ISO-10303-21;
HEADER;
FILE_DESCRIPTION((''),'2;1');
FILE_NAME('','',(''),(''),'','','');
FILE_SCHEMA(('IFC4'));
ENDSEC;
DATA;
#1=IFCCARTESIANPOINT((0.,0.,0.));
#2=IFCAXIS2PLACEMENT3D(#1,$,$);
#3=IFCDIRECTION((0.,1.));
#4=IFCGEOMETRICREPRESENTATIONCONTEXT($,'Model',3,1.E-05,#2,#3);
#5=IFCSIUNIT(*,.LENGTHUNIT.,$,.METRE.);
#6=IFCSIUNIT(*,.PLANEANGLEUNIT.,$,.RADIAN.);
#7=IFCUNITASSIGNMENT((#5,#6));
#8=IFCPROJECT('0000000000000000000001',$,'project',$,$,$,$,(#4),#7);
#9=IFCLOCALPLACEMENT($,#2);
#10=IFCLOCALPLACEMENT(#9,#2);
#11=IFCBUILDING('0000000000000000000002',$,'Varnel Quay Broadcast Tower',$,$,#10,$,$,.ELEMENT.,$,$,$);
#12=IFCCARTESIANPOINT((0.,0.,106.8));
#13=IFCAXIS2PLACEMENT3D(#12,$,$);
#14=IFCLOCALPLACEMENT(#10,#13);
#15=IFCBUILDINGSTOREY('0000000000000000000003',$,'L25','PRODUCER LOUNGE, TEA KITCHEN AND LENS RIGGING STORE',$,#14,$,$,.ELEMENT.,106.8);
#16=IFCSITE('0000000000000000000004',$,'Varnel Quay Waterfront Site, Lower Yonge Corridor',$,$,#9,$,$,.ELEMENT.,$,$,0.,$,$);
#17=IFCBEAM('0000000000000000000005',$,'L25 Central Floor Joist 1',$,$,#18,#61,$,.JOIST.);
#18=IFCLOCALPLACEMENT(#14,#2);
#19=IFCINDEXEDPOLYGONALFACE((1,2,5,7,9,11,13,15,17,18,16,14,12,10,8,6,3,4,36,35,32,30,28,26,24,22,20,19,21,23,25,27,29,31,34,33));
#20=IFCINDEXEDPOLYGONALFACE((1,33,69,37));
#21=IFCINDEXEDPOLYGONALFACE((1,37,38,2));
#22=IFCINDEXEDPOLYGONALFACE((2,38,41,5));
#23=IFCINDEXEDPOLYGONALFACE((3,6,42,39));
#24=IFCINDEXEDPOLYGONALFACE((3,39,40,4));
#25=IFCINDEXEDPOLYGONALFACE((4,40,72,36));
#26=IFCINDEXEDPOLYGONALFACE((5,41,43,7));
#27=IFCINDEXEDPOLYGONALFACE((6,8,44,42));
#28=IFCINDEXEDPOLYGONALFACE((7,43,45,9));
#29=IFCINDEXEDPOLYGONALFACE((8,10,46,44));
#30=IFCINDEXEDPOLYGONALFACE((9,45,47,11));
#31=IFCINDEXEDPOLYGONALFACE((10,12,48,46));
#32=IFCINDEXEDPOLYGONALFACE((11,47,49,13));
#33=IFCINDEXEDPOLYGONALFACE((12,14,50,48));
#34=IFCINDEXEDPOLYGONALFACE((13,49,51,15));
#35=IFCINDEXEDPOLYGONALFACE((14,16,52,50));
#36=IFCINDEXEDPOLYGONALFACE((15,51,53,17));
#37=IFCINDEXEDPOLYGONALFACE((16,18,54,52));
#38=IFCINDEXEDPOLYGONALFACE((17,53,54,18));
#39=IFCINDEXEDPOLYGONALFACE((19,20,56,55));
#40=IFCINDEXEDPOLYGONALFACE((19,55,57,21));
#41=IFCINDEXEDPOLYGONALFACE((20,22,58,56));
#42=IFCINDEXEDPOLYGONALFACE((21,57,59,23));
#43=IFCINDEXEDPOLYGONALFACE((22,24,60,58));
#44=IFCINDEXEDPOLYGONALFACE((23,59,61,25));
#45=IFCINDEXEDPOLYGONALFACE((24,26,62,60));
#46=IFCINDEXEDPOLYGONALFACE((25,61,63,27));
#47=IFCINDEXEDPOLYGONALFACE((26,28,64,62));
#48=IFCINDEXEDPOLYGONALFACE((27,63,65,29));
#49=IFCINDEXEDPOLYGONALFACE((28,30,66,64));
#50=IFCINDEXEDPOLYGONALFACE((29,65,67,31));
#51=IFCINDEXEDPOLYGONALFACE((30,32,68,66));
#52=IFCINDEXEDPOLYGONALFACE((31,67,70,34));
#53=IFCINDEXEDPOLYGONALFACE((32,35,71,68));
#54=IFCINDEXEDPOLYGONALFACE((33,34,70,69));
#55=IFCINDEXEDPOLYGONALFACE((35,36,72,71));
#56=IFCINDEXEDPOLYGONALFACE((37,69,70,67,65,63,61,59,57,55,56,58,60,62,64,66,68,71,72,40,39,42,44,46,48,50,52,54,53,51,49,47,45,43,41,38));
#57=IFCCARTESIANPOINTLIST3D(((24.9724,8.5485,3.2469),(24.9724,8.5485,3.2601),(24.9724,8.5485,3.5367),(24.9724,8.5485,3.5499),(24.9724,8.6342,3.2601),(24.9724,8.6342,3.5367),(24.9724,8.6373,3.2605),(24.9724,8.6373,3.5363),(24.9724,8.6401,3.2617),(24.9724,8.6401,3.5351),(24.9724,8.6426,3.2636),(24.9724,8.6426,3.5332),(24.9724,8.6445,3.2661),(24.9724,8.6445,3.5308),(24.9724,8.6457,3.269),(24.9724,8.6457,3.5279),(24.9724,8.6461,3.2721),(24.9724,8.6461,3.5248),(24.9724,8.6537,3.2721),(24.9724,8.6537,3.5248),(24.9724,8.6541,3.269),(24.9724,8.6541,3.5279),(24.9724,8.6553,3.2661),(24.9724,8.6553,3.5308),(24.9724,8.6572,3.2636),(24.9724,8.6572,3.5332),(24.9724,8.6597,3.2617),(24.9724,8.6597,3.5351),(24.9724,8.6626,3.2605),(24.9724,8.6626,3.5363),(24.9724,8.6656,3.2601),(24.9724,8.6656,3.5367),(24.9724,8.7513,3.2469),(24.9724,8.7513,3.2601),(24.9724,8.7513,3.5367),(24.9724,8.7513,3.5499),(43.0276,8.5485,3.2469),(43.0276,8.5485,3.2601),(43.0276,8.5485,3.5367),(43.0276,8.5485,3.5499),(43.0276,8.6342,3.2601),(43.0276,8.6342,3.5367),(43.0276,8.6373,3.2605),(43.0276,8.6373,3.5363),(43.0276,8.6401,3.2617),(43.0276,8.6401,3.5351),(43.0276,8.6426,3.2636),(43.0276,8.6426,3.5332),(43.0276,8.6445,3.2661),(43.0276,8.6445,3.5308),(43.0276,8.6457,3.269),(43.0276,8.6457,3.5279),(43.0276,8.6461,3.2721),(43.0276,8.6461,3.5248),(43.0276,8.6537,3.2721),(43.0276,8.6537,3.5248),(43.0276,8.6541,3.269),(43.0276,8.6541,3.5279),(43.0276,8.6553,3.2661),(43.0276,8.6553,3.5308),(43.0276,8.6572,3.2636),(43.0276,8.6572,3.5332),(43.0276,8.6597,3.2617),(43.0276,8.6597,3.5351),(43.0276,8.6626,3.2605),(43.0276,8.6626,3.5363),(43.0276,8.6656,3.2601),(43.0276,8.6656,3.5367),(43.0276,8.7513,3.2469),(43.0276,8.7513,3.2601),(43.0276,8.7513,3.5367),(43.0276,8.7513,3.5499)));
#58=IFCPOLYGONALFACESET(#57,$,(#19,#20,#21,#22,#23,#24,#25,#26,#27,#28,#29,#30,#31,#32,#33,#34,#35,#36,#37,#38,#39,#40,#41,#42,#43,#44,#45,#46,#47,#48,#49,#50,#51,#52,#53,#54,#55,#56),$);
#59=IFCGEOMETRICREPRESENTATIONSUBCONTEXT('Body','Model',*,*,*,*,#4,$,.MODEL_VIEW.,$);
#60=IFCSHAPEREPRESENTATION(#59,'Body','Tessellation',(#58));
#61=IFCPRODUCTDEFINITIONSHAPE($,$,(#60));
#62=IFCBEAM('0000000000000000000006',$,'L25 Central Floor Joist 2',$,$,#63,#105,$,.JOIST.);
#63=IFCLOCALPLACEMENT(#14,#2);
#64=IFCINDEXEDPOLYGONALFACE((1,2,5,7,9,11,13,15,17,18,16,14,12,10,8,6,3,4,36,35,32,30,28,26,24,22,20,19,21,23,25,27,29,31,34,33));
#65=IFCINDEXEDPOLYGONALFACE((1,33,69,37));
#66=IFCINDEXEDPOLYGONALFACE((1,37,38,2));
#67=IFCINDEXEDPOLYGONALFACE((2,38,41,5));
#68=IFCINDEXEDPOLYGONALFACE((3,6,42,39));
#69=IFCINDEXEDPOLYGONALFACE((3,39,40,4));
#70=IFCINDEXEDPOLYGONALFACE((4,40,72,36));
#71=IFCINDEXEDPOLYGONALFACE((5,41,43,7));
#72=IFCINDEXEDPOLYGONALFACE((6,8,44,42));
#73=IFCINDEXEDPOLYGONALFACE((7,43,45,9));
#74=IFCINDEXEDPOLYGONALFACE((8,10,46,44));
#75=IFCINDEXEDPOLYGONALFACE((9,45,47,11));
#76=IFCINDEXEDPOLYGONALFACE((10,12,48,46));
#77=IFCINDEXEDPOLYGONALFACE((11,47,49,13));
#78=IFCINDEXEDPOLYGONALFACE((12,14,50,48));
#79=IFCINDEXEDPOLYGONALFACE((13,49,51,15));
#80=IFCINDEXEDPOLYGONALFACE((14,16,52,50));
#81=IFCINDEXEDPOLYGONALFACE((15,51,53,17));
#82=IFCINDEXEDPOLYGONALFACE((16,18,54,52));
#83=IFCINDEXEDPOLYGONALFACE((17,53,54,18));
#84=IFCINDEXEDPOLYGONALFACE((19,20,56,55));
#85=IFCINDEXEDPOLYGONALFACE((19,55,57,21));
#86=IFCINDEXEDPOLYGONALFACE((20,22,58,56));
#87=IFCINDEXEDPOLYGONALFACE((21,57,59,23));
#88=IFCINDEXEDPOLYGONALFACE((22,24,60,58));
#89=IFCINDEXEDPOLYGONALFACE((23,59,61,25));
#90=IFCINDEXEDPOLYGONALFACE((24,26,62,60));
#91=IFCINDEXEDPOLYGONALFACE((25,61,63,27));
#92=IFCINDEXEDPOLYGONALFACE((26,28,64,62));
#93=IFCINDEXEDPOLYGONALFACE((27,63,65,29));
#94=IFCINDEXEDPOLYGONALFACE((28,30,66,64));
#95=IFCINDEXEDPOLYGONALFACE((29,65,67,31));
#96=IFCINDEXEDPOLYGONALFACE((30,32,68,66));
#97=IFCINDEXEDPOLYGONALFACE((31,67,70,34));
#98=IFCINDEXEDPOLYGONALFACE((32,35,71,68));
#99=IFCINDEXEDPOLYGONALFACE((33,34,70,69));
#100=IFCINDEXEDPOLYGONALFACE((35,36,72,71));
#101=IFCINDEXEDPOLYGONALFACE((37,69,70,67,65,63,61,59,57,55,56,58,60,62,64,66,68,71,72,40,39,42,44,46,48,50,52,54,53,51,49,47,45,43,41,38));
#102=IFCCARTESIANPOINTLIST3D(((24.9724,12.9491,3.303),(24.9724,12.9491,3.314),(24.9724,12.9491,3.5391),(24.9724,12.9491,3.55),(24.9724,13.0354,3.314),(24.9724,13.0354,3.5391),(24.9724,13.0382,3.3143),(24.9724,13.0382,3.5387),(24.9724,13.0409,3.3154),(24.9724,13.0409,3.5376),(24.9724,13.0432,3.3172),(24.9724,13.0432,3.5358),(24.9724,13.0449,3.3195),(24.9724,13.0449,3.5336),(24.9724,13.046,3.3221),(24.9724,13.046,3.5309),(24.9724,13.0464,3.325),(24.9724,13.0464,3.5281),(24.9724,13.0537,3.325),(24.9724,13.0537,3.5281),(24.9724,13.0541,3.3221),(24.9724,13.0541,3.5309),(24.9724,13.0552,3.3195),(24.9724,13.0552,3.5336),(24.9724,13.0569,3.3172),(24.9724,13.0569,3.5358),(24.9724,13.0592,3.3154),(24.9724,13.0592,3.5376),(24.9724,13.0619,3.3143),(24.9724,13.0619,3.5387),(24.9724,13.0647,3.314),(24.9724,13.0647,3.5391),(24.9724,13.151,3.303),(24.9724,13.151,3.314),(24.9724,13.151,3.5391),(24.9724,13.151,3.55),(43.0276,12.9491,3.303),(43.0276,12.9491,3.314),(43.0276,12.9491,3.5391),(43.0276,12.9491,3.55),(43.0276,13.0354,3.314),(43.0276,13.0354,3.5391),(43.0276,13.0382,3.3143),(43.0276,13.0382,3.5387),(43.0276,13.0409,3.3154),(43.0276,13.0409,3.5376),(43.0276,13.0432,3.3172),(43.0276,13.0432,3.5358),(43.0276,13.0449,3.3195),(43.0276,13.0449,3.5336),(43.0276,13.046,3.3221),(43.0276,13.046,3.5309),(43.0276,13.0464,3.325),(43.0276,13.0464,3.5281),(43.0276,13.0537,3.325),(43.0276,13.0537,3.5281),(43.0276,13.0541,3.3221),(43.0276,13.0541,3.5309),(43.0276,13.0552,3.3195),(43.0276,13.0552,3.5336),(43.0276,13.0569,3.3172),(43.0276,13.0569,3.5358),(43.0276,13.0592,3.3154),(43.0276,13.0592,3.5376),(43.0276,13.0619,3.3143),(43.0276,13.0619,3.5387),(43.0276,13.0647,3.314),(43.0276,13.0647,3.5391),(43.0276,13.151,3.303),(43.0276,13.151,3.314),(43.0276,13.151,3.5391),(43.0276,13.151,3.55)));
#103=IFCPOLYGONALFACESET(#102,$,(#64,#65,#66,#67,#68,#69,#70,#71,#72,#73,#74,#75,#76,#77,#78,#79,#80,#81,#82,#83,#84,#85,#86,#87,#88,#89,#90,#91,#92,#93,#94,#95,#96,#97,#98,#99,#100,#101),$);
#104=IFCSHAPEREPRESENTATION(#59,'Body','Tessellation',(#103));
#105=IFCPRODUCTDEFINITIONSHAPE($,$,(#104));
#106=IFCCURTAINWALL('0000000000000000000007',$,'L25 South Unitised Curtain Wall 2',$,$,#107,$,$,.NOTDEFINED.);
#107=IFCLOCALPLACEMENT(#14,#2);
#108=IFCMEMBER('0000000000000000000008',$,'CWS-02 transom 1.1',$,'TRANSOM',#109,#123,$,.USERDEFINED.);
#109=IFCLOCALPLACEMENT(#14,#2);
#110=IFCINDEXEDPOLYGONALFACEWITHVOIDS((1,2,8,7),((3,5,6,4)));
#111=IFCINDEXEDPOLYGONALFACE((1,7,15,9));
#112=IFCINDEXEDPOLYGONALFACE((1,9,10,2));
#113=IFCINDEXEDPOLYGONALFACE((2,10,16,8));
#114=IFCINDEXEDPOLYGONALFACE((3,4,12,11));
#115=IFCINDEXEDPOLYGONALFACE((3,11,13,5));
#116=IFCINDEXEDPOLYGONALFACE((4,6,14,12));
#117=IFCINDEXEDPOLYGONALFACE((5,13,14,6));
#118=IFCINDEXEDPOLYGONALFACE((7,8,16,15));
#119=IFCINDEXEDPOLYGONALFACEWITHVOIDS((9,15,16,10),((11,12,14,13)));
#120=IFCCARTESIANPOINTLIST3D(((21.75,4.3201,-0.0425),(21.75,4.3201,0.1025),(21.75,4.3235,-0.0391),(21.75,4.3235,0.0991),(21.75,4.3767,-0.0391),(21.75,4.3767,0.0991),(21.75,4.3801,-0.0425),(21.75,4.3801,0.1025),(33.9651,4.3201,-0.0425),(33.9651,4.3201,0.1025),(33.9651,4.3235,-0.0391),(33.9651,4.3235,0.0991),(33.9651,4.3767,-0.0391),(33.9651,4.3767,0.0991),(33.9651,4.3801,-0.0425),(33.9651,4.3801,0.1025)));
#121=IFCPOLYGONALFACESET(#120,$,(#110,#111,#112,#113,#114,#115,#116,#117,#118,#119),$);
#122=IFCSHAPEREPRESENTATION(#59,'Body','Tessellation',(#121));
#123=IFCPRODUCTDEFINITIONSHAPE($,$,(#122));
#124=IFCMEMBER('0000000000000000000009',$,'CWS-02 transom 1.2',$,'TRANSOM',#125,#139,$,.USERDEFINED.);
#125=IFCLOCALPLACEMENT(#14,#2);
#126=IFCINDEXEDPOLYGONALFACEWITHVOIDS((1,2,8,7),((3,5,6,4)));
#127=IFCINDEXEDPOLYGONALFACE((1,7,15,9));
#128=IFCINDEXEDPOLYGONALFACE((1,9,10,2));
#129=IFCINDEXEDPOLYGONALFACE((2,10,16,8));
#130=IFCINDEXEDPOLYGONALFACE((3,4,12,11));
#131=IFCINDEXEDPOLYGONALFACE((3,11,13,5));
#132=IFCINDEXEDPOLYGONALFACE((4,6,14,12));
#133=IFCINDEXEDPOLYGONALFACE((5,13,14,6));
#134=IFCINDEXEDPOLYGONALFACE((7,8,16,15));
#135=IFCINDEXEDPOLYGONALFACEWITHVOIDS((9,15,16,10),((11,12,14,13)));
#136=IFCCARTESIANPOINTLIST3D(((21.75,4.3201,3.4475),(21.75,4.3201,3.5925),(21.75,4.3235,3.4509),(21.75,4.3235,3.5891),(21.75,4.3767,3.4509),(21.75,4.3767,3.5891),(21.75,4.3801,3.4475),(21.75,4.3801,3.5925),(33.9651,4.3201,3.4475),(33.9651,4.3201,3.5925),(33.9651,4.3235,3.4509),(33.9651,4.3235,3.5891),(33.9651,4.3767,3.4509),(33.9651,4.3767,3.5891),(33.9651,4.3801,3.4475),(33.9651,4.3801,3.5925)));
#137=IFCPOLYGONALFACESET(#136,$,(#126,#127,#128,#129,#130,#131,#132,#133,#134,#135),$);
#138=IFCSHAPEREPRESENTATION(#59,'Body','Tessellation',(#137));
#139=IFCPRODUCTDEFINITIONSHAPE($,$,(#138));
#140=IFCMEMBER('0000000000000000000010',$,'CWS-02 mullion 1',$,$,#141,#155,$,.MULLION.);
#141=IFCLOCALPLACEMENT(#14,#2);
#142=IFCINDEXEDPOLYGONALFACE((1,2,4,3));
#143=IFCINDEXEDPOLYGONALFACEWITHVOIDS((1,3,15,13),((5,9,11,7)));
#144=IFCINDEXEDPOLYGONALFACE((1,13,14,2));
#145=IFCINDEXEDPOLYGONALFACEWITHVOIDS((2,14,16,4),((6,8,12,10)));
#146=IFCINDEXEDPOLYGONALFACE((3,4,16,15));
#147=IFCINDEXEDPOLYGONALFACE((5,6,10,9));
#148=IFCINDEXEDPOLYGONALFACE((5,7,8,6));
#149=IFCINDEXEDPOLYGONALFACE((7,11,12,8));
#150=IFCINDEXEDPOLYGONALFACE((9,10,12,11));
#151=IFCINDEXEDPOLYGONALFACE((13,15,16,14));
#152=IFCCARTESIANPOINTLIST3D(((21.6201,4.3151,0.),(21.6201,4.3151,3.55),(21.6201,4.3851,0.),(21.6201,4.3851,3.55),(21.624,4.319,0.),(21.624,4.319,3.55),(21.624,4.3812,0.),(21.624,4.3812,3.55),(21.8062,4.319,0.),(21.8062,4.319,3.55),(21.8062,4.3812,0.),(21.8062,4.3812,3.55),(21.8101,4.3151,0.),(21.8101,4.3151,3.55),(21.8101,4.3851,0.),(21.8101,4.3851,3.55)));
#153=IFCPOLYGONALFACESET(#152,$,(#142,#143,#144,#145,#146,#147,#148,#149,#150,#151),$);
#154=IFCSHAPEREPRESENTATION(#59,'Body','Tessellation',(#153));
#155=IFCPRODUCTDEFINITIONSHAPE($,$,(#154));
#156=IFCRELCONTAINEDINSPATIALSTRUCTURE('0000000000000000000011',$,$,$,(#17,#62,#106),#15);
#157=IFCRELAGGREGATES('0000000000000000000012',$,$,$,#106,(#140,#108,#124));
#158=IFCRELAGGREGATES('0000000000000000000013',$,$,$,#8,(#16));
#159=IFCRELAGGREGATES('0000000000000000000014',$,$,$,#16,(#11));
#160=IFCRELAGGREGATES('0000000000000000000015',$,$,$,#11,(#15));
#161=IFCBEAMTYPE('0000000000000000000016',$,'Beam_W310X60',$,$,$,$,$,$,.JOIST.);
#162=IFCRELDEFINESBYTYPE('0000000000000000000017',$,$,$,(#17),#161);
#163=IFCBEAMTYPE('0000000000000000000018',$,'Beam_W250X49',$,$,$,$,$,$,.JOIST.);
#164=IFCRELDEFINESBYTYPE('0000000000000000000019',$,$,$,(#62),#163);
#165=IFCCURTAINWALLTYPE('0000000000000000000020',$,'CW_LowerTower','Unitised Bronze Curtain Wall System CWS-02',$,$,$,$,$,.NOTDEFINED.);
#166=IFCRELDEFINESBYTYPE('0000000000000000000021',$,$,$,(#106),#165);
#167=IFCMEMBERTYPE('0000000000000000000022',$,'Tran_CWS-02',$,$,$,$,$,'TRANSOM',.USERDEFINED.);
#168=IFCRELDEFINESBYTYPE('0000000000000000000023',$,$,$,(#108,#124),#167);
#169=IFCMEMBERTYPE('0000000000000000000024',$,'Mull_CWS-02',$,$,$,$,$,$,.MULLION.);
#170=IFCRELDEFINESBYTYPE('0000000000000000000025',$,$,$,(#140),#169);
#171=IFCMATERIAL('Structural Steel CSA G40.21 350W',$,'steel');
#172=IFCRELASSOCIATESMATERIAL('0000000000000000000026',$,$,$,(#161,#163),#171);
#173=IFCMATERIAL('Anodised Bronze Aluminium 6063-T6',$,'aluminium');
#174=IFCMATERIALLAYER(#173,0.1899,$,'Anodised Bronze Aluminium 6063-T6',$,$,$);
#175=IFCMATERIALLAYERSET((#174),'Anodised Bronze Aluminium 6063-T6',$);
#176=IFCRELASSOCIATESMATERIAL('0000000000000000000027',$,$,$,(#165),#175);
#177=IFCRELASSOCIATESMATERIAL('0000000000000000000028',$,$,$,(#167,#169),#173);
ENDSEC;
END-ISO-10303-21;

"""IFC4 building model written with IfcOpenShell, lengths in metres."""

from ifc_helpers import new_model, si_unit, direction, frame, origin, origin_2d, place, context, subcontext, project, spatial, hollow_rectangle, i_section, extrude, source, transform, mapped, material, layer, layer_set, material_profile, profile_set, type_object, type_shapes, element, aggregate, save


model = new_model("IFC4")

# Units and contexts
model_context = context("Model", 3, precision=1e-05, world=origin(), true_north=direction((0.0, 1.0)))
body_context = subcontext(model_context, "Body", "Model", "MODEL_VIEW")
ifc_project = project(units=[si_unit("LENGTHUNIT", "METRE"), si_unit("PLANEANGLEUNIT", "RADIAN")], contexts=[model_context])

# Site, building, storey
site_placement = place(None, origin())
site = spatial("IfcSite", under=ifc_project, at=site_placement, Name="Varnel Quay Waterfront Site, Lower Yonge Corridor", CompositionType="ELEMENT", RefElevation=0.0)
building_placement = place(site_placement, origin())
building = spatial("IfcBuilding", under=site, at=building_placement, Name="Varnel Quay Broadcast Tower", CompositionType="ELEMENT")
storey_placement = place(building_placement, frame((0.0, 0.0, 106.8)))
storey = spatial("IfcBuildingStorey", under=building, at=storey_placement, Name="L25", Description="PRODUCER LOUNGE, TEA KITCHEN AND LENS RIGGING STORE", CompositionType="ELEMENT", Elevation=106.8)

# Shared definitions
ifc_material_1 = material(Name="Structural Steel CSA G40.21 350W", Category="steel")

# Beams
ifc_material_profile_1 = material_profile(ifc_material_1, i_section(OverallWidth=0.2029, OverallDepth=0.303, WebThickness=0.0076, FlangeThickness=0.0132, FilletRadius=0.012, at=origin_2d()), Name="W310X60")
ifc_profile_set_1 = profile_set([ifc_material_profile_1], Name="Structural Steel CSA G40.21 350W")
beam_type_1 = type_object("IfcBeamType", Name="Beam_W310X60", PredefinedType="JOIST", material=ifc_profile_set_1)
shared_shape_1 = source(origin(), body_context, "Body", "SweptSolid", [
    extrude(i_section(OverallWidth=0.2029, OverallDepth=0.303, WebThickness=0.0076, FlangeThickness=0.0132, FilletRadius=0.012, at=origin_2d()), origin(), (0.0, 0.0, 1.0), 18.0552),
])
type_shapes(beam_type_1, [shared_shape_1])
beam_1_placement = place(storey_placement, frame((24.9724, 8.6499, 3.3984), z_axis=(1.0, 0.0, 0.0), x_axis=(0.0, 1.0, 0.0)))
element("IfcBeam", 1, at=beam_1_placement, inside=storey, type_object=beam_type_1, Name="L25 Central Floor Joist 1", PredefinedType="JOIST", context=body_context, shape_type="MappedRepresentation", body=[
    mapped(shared_shape_1, transform((0.0, 0.0, 0.0), x_axis=(1.0, 0.0, 0.0), y_axis=(0.0, 1.0, 0.0), z_axis=(0.0, 0.0, 1.0), scale=1.0)),
])
ifc_material_profile_2 = material_profile(ifc_material_1, i_section(OverallWidth=0.2019, OverallDepth=0.2471, WebThickness=0.0073, FlangeThickness=0.011, FilletRadius=0.011, at=origin_2d()), Name="W250X49")
ifc_profile_set_2 = profile_set([ifc_material_profile_2], Name="Structural Steel CSA G40.21 350W")
beam_type_2 = type_object("IfcBeamType", Name="Beam_W250X49", PredefinedType="JOIST", material=ifc_profile_set_2)
shared_shape_2 = source(origin(), body_context, "Body", "SweptSolid", [
    extrude(i_section(OverallWidth=0.2019, OverallDepth=0.2471, WebThickness=0.0073, FlangeThickness=0.011, FilletRadius=0.011, at=origin_2d()), origin(), (0.0, 0.0, 1.0), 18.0552),
])
type_shapes(beam_type_2, [shared_shape_2])
beam_2_placement = place(storey_placement, frame((24.9724, 13.05, 3.4265), z_axis=(1.0, 0.0, 0.0), x_axis=(0.0, 1.0, 0.0)))
element("IfcBeam", 2, at=beam_2_placement, inside=storey, type_object=beam_type_2, Name="L25 Central Floor Joist 2", PredefinedType="JOIST", context=body_context, shape_type="MappedRepresentation", body=[
    mapped(shared_shape_2, transform((0.0, 0.0, 0.0), x_axis=(1.0, 0.0, 0.0), y_axis=(0.0, 1.0, 0.0), z_axis=(0.0, 0.0, 1.0), scale=1.0)),
])

# Curtain wall, members
ifc_material_2 = material(Name="Anodised Bronze Aluminium 6063-T6", Category="aluminium")
ifc_layer_1 = layer(ifc_material_2, 0.1899, Name="Anodised Bronze Aluminium 6063-T6")
ifc_layer_set_1 = layer_set([ifc_layer_1], Name="Anodised Bronze Aluminium 6063-T6")
curtain_wall_type = type_object("IfcCurtainWallType", Name="CW_LowerTower", Description="Unitised Bronze Curtain Wall System CWS-02", PredefinedType="NOTDEFINED", material=ifc_layer_set_1)
curtain_wall_placement = place(storey_placement, origin())
curtain_wall = element("IfcCurtainWall", 3, at=curtain_wall_placement, inside=storey, type_object=curtain_wall_type, Name="L25 South Unitised Curtain Wall 2", PredefinedType="NOTDEFINED")
ifc_material_profile_3 = material_profile(ifc_material_2, hollow_rectangle(XDim=0.0601, YDim=0.145, WallThickness=0.0034, at=origin_2d()), Name="ALU60X145X3.5")
ifc_profile_set_3 = profile_set([ifc_material_profile_3], Name="Anodised Bronze Aluminium 6063-T6")
member_type_1 = type_object("IfcMemberType", Name="Tran_CWS-02", ElementType="TRANSOM", PredefinedType="USERDEFINED", material=ifc_profile_set_3)
shared_shape_3 = source(origin(), body_context, "Body", "SweptSolid", [
    extrude(hollow_rectangle(XDim=0.0601, YDim=0.145, WallThickness=0.0034, at=origin_2d()), origin(), (0.0, 0.0, 1.0), 12.2151),
])
type_shapes(member_type_1, [shared_shape_3])
member_1_placement = place(storey_placement, frame((21.75, 4.3501, 0.03), z_axis=(1.0, 0.0, 0.0), x_axis=(0.0, 1.0, 0.0)))
member_1 = element("IfcMember", 4, at=member_1_placement, type_object=member_type_1, Name="CWS-02 transom 1.1", ObjectType="TRANSOM", PredefinedType="USERDEFINED", context=body_context, shape_type="MappedRepresentation", body=[
    mapped(shared_shape_3, transform((0.0, 0.0, 0.0), x_axis=(1.0, 0.0, 0.0), y_axis=(0.0, 1.0, 0.0), z_axis=(0.0, 0.0, 1.0), scale=1.0)),
])
member_2_placement = place(storey_placement, frame((21.75, 4.3501, 3.52), z_axis=(1.0, 0.0, 0.0), x_axis=(0.0, 1.0, 0.0)))
member_2 = element("IfcMember", 5, at=member_2_placement, type_object=member_type_1, Name="CWS-02 transom 1.2", ObjectType="TRANSOM", PredefinedType="USERDEFINED", context=body_context, shape_type="MappedRepresentation", body=[
    mapped(shared_shape_3, transform((0.0, 0.0, 0.0), x_axis=(1.0, 0.0, 0.0), y_axis=(0.0, 1.0, 0.0), z_axis=(0.0, 0.0, 1.0), scale=1.0)),
])
ifc_material_profile_4 = material_profile(ifc_material_2, hollow_rectangle(XDim=0.0701, YDim=0.1899, WallThickness=0.0039, at=origin_2d()), Name="ALU70X190X4")
ifc_profile_set_4 = profile_set([ifc_material_profile_4], Name="Anodised Bronze Aluminium 6063-T6")
member_type_2 = type_object("IfcMemberType", Name="Mull_CWS-02", PredefinedType="MULLION", material=ifc_profile_set_4)
shared_shape_4 = source(origin(), body_context, "Body", "SweptSolid", [
    extrude(hollow_rectangle(XDim=0.0701, YDim=0.1899, WallThickness=0.0039, at=origin_2d()), origin(), (0.0, 0.0, 1.0), 3.55),
])
type_shapes(member_type_2, [shared_shape_4])
member_3_placement = place(storey_placement, frame((21.7151, 4.3501, 0.0), z_axis=(0.0, 0.0, 1.0), x_axis=(0.0, 1.0, 0.0)))
member_3 = element("IfcMember", 6, at=member_3_placement, type_object=member_type_2, Name="CWS-02 mullion 1", PredefinedType="MULLION", context=body_context, shape_type="MappedRepresentation", body=[
    mapped(shared_shape_4, transform((0.0, 0.0, 0.0), x_axis=(1.0, 0.0, 0.0), y_axis=(0.0, 1.0, 0.0), z_axis=(0.0, 0.0, 1.0), scale=1.0)),
])
aggregate(curtain_wall, [member_3, member_1, member_2])

save(model, "model.ifc")
